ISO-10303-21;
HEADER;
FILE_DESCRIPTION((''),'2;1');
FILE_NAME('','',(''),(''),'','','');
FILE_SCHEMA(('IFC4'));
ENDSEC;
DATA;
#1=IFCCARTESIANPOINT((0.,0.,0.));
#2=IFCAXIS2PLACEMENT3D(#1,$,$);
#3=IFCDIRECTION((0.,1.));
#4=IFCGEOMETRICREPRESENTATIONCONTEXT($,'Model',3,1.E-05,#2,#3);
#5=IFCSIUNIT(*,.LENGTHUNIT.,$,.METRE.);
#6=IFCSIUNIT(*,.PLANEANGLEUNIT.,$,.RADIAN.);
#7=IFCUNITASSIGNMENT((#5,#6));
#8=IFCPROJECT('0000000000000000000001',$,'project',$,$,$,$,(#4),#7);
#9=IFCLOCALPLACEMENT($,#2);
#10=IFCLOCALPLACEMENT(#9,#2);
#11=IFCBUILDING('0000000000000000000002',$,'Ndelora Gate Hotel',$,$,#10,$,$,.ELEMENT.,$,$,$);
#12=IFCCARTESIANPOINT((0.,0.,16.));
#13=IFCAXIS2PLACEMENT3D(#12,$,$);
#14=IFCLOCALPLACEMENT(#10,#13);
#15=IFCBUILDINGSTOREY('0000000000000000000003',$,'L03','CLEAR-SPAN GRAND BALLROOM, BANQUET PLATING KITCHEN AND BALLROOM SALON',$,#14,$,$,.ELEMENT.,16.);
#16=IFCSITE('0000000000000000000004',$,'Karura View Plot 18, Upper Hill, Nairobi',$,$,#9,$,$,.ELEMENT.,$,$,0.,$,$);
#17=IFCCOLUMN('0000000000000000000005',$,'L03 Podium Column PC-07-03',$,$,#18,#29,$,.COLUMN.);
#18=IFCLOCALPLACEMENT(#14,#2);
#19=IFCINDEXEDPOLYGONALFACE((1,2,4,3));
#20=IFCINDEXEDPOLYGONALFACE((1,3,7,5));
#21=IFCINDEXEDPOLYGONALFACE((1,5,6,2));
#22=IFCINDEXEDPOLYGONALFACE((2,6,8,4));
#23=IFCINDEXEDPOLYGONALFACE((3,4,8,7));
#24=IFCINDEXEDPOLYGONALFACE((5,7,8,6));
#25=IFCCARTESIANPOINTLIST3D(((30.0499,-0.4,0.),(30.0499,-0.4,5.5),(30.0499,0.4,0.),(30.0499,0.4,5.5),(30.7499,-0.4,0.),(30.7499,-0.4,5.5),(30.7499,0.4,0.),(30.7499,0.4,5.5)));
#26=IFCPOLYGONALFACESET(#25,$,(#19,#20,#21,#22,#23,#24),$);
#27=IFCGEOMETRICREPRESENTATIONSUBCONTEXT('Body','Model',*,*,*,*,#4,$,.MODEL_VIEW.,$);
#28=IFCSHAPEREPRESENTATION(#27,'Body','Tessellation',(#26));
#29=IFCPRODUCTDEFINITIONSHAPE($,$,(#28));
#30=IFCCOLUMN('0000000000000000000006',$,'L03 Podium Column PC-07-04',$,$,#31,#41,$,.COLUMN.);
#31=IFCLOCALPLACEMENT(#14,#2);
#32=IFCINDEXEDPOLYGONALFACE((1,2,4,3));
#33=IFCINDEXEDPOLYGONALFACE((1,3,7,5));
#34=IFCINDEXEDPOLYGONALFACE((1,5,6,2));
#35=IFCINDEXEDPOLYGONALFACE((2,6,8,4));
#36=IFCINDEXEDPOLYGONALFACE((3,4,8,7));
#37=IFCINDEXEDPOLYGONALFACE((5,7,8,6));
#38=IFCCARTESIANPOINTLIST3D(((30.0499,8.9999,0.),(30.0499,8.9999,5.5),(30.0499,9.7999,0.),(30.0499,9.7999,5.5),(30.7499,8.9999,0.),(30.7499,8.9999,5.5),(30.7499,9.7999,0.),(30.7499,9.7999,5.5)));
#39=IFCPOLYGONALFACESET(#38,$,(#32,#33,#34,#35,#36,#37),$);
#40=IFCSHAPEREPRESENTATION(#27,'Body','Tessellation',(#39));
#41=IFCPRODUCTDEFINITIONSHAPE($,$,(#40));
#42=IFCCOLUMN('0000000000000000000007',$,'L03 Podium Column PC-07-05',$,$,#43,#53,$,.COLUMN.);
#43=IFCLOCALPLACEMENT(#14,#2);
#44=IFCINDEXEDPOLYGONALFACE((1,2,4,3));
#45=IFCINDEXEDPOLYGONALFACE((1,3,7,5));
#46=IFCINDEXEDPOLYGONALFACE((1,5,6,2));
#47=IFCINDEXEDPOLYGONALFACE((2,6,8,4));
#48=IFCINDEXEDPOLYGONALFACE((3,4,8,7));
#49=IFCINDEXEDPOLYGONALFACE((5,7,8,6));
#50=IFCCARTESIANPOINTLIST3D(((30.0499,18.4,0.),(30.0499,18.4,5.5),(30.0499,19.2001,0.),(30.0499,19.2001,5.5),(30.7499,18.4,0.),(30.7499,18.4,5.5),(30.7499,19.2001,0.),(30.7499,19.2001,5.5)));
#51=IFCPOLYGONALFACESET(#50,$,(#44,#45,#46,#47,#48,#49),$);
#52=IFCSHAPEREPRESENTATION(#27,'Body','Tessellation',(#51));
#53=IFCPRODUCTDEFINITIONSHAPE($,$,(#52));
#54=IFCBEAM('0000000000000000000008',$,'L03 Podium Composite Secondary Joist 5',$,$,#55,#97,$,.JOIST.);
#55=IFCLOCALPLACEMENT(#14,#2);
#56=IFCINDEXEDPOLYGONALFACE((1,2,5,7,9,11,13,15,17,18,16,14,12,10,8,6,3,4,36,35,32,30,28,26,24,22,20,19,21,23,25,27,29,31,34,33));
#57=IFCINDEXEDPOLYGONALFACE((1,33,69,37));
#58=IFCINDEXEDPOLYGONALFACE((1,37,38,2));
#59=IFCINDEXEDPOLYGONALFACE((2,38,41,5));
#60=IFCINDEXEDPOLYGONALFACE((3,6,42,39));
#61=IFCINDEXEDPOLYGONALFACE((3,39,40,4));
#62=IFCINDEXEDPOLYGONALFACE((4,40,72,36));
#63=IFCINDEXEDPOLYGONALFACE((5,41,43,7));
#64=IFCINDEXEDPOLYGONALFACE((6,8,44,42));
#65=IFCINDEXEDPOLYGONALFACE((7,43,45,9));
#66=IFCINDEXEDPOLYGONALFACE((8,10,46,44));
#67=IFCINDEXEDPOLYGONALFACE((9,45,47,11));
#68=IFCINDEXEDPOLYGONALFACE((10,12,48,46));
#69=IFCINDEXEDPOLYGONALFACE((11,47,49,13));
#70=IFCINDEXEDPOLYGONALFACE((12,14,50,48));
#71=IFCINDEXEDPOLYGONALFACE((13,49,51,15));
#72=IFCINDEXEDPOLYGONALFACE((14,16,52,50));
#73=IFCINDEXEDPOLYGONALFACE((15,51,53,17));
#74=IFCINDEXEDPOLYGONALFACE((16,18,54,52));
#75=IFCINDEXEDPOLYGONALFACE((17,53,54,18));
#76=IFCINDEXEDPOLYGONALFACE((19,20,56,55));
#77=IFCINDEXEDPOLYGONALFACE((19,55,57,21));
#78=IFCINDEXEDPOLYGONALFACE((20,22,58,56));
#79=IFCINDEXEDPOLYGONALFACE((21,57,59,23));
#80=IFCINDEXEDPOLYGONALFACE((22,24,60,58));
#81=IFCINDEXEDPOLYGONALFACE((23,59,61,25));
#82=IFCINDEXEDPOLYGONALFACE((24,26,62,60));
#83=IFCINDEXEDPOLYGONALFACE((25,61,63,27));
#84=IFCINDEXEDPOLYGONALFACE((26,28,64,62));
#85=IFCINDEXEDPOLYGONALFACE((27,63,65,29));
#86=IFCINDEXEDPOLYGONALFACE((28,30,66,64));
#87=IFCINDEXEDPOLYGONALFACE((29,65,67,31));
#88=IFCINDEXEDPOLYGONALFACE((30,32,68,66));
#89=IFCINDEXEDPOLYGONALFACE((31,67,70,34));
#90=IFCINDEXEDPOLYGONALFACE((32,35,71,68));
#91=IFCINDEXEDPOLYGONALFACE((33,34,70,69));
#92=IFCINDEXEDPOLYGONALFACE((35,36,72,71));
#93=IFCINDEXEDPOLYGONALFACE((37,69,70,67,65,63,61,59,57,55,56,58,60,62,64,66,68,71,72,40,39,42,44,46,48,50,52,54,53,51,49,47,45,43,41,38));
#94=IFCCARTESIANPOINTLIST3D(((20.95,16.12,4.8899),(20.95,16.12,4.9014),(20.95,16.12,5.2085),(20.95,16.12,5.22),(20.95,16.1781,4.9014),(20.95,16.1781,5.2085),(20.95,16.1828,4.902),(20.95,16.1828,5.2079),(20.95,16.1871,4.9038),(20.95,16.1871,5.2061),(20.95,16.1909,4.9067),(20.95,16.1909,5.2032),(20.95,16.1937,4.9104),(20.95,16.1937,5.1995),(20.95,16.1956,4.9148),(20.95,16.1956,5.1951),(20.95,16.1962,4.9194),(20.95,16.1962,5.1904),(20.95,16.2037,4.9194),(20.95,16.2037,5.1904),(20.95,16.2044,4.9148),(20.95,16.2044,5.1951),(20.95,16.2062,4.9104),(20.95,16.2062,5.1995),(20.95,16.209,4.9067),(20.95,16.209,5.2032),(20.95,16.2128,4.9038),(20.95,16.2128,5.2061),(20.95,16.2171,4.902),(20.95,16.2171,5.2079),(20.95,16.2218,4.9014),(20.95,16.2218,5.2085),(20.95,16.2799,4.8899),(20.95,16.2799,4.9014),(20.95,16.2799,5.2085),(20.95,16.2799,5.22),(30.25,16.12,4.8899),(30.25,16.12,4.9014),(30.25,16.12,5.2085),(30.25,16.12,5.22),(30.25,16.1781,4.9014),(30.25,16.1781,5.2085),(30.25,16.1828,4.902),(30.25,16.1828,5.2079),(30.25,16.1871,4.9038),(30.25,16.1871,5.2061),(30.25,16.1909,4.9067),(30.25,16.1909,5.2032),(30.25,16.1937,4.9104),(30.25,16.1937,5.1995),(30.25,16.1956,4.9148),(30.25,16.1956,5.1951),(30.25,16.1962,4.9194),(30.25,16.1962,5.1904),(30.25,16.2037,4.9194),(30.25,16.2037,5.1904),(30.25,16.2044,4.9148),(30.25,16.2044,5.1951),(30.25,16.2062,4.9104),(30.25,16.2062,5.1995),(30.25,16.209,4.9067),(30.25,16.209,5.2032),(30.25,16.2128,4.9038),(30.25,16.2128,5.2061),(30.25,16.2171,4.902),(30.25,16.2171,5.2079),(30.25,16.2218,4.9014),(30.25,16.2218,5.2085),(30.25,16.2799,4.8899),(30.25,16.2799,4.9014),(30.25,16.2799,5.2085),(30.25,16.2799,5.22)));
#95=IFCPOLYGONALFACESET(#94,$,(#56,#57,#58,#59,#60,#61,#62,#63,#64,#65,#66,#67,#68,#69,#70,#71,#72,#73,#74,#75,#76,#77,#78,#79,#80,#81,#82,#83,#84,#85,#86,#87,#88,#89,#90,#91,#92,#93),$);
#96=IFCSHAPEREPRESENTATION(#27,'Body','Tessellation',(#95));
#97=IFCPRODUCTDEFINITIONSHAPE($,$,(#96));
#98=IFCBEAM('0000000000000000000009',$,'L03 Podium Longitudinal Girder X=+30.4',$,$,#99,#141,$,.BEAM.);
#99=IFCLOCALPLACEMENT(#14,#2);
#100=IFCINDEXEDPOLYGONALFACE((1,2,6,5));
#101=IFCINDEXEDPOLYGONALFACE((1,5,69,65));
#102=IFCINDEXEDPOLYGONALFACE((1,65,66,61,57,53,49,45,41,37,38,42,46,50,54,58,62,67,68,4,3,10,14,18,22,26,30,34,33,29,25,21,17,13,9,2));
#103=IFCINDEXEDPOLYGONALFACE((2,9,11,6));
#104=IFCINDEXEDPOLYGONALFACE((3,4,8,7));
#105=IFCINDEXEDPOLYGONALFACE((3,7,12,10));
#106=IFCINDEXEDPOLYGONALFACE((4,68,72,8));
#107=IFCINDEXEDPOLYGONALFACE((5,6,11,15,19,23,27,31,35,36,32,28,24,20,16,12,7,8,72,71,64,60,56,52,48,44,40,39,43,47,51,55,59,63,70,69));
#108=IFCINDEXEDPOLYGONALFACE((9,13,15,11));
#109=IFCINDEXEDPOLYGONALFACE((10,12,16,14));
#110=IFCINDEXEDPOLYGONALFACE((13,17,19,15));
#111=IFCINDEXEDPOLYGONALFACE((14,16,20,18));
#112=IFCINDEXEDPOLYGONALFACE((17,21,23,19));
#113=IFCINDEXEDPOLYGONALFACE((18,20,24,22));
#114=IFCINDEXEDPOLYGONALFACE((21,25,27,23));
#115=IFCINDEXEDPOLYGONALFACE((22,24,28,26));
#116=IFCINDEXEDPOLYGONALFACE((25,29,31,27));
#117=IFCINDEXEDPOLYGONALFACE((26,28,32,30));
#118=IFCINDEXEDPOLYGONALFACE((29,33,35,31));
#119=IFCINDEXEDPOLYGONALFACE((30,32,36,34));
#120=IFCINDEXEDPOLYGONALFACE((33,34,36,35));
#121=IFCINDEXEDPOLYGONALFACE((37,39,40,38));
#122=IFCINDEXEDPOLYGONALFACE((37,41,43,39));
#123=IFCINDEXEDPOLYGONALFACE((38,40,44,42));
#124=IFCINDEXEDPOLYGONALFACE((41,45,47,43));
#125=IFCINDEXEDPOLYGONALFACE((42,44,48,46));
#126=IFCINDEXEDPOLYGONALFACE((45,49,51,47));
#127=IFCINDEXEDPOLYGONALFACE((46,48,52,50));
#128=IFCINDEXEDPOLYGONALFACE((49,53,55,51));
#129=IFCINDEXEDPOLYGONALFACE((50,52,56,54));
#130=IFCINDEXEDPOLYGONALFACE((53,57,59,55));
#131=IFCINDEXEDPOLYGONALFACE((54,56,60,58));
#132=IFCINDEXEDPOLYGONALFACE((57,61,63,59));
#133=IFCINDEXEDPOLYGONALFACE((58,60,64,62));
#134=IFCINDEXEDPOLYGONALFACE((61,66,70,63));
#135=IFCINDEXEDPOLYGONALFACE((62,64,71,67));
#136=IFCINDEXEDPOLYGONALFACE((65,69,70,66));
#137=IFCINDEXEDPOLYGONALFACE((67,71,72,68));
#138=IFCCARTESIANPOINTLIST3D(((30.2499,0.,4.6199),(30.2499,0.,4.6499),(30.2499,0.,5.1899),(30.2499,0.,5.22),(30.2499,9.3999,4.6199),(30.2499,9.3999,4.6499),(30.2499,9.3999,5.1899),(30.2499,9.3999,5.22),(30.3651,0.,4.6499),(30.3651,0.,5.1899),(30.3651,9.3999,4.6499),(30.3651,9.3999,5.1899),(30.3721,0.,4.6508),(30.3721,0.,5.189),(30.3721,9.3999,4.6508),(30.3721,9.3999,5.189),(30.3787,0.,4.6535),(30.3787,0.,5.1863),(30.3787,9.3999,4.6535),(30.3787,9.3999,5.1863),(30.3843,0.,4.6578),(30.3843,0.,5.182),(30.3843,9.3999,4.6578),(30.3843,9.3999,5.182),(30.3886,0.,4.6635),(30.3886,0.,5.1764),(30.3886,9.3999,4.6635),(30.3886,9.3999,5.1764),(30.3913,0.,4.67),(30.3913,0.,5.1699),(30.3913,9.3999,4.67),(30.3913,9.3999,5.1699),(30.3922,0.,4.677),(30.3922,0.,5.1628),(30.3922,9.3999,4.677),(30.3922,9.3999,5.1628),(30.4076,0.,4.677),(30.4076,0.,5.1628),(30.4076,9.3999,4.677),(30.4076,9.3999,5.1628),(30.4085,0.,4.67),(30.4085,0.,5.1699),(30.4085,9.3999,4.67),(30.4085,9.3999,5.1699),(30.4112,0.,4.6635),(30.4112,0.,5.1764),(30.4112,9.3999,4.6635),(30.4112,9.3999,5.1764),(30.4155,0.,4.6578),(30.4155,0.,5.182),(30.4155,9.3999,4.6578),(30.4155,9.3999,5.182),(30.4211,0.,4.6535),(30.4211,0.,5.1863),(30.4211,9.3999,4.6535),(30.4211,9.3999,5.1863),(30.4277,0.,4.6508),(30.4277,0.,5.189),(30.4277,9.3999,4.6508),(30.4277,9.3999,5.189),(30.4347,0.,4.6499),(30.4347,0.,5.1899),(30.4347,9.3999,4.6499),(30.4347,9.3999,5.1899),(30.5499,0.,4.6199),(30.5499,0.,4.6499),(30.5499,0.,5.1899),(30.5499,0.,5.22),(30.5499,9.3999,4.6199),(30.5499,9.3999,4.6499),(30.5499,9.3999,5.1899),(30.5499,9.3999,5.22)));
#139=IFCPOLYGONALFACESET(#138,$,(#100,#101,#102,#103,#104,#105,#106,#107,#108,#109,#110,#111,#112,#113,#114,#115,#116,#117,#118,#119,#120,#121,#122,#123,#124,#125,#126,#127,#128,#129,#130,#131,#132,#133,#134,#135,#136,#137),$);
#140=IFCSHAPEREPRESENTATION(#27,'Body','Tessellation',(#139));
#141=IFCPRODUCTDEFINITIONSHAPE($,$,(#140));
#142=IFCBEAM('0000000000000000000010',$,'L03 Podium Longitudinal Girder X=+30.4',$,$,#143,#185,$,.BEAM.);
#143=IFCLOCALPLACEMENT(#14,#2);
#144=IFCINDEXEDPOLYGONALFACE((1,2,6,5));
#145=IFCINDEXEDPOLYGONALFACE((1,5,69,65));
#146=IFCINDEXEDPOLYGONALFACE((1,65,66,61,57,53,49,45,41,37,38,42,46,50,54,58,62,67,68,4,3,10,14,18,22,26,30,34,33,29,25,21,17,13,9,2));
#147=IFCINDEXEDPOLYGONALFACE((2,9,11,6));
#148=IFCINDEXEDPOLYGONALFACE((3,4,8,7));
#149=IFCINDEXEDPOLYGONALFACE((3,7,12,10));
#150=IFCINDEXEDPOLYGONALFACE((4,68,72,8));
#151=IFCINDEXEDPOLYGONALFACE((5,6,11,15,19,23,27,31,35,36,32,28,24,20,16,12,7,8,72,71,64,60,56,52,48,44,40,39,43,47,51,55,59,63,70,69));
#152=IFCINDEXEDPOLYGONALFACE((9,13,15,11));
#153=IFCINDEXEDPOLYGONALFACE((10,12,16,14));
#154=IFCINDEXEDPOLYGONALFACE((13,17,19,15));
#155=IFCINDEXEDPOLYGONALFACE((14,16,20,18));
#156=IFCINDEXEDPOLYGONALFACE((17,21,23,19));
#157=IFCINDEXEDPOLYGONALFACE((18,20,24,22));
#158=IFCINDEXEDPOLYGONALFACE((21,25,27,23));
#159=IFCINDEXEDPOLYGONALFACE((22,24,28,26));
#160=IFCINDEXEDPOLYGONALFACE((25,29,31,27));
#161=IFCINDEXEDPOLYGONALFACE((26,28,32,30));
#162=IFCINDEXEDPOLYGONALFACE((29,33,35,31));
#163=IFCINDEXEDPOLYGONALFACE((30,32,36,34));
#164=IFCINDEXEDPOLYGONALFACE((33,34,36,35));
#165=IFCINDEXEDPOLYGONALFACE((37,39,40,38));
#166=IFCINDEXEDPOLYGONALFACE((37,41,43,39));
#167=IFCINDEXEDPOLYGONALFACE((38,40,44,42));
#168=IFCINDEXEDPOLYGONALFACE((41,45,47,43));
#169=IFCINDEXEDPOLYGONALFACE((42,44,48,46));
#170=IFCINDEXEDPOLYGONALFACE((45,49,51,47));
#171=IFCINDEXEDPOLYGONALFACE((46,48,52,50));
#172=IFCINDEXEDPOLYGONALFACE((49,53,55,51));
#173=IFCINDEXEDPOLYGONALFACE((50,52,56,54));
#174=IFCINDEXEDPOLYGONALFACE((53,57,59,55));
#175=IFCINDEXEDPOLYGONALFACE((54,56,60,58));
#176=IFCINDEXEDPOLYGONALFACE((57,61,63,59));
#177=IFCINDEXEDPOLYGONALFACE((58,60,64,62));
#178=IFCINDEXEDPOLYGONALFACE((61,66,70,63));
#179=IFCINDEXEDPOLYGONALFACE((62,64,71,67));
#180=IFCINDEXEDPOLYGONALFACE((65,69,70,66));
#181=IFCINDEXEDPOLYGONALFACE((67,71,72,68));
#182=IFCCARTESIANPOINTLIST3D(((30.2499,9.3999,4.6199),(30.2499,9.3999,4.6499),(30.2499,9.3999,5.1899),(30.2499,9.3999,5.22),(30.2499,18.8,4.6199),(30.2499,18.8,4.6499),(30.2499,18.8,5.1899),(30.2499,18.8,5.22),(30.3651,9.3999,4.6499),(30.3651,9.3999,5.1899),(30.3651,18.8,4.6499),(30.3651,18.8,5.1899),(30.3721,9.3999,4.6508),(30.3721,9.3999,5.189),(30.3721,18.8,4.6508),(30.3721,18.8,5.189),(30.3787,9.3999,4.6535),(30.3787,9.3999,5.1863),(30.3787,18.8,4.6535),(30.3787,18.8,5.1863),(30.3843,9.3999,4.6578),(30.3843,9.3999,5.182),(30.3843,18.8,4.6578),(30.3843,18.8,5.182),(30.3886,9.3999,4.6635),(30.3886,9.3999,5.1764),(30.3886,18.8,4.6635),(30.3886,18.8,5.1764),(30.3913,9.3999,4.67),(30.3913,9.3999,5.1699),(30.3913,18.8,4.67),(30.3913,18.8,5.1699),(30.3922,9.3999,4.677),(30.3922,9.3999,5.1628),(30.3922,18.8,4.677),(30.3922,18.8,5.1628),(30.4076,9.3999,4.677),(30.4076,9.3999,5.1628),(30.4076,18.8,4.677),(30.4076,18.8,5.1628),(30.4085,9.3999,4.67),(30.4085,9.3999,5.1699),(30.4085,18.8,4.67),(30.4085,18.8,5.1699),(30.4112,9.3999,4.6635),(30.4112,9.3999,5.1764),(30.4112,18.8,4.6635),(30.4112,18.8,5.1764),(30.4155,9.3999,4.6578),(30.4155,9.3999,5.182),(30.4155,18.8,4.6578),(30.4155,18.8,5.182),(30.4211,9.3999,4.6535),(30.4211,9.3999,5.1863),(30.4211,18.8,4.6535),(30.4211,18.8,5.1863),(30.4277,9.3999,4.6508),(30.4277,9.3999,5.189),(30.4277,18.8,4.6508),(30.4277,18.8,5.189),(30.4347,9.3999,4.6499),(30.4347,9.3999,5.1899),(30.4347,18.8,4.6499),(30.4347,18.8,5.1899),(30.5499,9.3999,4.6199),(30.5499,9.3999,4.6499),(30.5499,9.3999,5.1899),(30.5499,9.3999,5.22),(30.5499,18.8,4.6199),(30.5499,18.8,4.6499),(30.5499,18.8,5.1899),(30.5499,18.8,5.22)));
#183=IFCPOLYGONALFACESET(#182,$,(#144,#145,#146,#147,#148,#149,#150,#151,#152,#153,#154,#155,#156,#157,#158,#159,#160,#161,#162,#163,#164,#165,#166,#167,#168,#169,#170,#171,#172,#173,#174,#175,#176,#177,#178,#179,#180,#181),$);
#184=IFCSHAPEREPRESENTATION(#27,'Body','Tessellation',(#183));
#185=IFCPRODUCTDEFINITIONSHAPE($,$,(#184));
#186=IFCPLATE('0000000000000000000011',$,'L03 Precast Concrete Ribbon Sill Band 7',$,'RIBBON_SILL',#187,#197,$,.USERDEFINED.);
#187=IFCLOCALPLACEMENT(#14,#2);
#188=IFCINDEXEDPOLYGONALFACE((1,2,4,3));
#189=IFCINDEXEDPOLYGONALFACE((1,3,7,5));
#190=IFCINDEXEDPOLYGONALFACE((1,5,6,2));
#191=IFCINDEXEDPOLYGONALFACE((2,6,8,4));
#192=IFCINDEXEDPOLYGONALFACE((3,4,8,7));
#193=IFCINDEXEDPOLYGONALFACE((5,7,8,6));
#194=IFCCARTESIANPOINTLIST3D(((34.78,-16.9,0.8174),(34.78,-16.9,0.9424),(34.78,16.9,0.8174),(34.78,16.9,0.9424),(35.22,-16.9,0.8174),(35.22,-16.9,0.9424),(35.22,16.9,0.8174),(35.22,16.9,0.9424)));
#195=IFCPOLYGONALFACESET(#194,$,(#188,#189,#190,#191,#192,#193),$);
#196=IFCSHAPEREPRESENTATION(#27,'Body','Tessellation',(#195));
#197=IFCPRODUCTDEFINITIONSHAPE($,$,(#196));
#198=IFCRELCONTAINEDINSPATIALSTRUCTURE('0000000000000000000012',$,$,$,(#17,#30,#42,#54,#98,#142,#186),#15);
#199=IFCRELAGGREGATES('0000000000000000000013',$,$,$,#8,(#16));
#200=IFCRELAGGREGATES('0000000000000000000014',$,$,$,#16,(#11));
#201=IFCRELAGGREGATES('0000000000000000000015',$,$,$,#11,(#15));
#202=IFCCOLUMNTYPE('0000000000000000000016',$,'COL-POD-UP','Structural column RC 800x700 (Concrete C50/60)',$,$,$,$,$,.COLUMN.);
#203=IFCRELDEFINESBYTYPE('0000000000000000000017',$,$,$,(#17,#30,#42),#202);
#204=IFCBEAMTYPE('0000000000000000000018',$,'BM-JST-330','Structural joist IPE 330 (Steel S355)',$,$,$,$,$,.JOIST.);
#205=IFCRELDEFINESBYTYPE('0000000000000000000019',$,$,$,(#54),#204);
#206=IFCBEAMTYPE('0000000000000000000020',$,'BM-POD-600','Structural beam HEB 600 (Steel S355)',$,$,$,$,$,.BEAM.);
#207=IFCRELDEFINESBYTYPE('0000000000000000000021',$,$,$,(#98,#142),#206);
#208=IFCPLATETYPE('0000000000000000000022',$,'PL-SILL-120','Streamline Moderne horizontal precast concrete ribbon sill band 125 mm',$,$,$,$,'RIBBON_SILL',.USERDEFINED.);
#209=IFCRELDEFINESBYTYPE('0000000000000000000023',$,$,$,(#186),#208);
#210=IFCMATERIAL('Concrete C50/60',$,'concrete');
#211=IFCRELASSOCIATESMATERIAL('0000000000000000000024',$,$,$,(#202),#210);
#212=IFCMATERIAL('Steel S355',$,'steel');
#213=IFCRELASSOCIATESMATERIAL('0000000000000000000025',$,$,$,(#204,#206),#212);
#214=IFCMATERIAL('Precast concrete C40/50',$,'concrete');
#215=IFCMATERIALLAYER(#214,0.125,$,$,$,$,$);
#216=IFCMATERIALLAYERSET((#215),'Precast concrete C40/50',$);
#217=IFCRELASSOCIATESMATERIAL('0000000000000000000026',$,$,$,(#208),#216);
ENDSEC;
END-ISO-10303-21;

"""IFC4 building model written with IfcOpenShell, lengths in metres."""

from ifc_helpers import new_model, si_unit, direction, frame, origin, origin_2d, place, context, subcontext, project, spatial, rectangle, i_section, extrude, material, layer, layer_set, material_profile, profile_set, type_object, element, save


model = new_model("IFC4")

# Units and contexts
model_context = context("Model", 3, precision=1e-05, world=origin(), true_north=direction((0.0, 1.0)))
body_context = subcontext(model_context, "Body", "Model", "MODEL_VIEW")
ifc_project = project(units=[si_unit("LENGTHUNIT", "METRE"), si_unit("PLANEANGLEUNIT", "RADIAN")], contexts=[model_context])

# Site, building, storey
site_placement = place(None, origin())
site = spatial("IfcSite", under=ifc_project, at=site_placement, Name="Karura View Plot 18, Upper Hill, Nairobi", CompositionType="ELEMENT", RefElevation=0.0)
building_placement = place(site_placement, origin())
building = spatial("IfcBuilding", under=site, at=building_placement, Name="Ndelora Gate Hotel", CompositionType="ELEMENT")
storey_placement = place(building_placement, frame((0.0, 0.0, 16.0)))
storey = spatial("IfcBuildingStorey", under=building, at=storey_placement, Name="L03", Description="CLEAR-SPAN GRAND BALLROOM, BANQUET PLATING KITCHEN AND BALLROOM SALON", CompositionType="ELEMENT", Elevation=16.0)

# Columns
ifc_material_1 = material(Name="Concrete C50/60", Category="concrete")
ifc_material_profile_1 = material_profile(ifc_material_1, rectangle(XDim=0.7, YDim=0.8, at=origin_2d()), Name="RC 800x700")
ifc_profile_set_1 = profile_set([ifc_material_profile_1], Name="Concrete C50/60")
column_type = type_object("IfcColumnType", Name="COL-POD-UP", Description="Structural column RC 800x700 (Concrete C50/60)", PredefinedType="COLUMN", material=ifc_profile_set_1)
for number, where, z_axis, x_axis, name in (
    (1, (30.3999, 0.0, 0.0), (0.0, 0.0, 1.0), (1.0, 0.0, 0.0), "L03 Podium Column PC-07-03"),
    (2, (30.3999, 9.3999, 0.0), (0.0, 0.0, 1.0), (1.0, 0.0, 0.0), "L03 Podium Column PC-07-04"),
    (3, (30.3999, 18.8, 0.0), (0.0, 0.0, 1.0), (1.0, 0.0, 0.0), "L03 Podium Column PC-07-05"),
):
    element("IfcColumn", number, at=place(storey_placement, frame(where, z_axis=z_axis, x_axis=x_axis)), inside=storey, type_object=column_type, Name=name, PredefinedType="COLUMN", context=body_context, shape_type="SweptSolid", body=[
        extrude(rectangle(XDim=0.7, YDim=0.8, at=origin_2d()), origin(), (0.0, 0.0, 1.0), 5.5),
    ])

# Beams
ifc_material_2 = material(Name="Steel S355", Category="steel")
ifc_material_profile_2 = material_profile(ifc_material_2, i_section(OverallWidth=0.1599, OverallDepth=0.3301, WebThickness=0.0076, FlangeThickness=0.0115, FilletRadius=0.0181, at=origin_2d()), Name="IPE 330")
ifc_profile_set_2 = profile_set([ifc_material_profile_2], Name="Steel S355")
beam_type_1 = type_object("IfcBeamType", Name="BM-JST-330", Description="Structural joist IPE 330 (Steel S355)", PredefinedType="JOIST", material=ifc_profile_set_2)
beam_1_placement = place(storey_placement, frame((20.95, 16.2, 5.0549), z_axis=(1.0, 0.0, 0.0), x_axis=(0.0, 1.0, 0.0)))
element("IfcBeam", 4, at=beam_1_placement, inside=storey, type_object=beam_type_1, Name="L03 Podium Composite Secondary Joist 5", PredefinedType="JOIST", context=body_context, shape_type="SweptSolid", body=[
    extrude(i_section(OverallWidth=0.1599, OverallDepth=0.3301, WebThickness=0.0076, FlangeThickness=0.0115, FilletRadius=0.0181, at=origin_2d()), origin(), (0.0, 0.0, 1.0), 9.3),
])
ifc_material_profile_3 = material_profile(ifc_material_2, i_section(OverallWidth=0.3, OverallDepth=0.6001, WebThickness=0.0154, FlangeThickness=0.03, FilletRadius=0.0271, at=origin_2d()), Name="HEB 600")
ifc_profile_set_3 = profile_set([ifc_material_profile_3], Name="Steel S355")
beam_type_2 = type_object("IfcBeamType", Name="BM-POD-600", Description="Structural beam HEB 600 (Steel S355)", PredefinedType="BEAM", material=ifc_profile_set_3)
beam_2_placement = place(storey_placement, frame((30.3999, 0.0, 4.9199), z_axis=(0.0, 1.0, 0.0), x_axis=(-1.0, 0.0, 0.0)))
element("IfcBeam", 5, at=beam_2_placement, inside=storey, type_object=beam_type_2, Name="L03 Podium Longitudinal Girder X=+30.4", PredefinedType="BEAM", context=body_context, shape_type="SweptSolid", body=[
    extrude(i_section(OverallWidth=0.3, OverallDepth=0.6001, WebThickness=0.0154, FlangeThickness=0.03, FilletRadius=0.0271, at=origin_2d()), origin(), (0.0, 0.0, 1.0), 9.3999),
])
beam_3_placement = place(storey_placement, frame((30.3999, 9.3999, 4.9199), z_axis=(0.0, 1.0, 0.0), x_axis=(-1.0, 0.0, 0.0)))
element("IfcBeam", 6, at=beam_3_placement, inside=storey, type_object=beam_type_2, Name="L03 Podium Longitudinal Girder X=+30.4", PredefinedType="BEAM", context=body_context, shape_type="SweptSolid", body=[
    extrude(i_section(OverallWidth=0.3, OverallDepth=0.6001, WebThickness=0.0154, FlangeThickness=0.03, FilletRadius=0.0271, at=origin_2d()), origin(), (0.0, 0.0, 1.0), 9.4001),
])

# Plate
ifc_material_3 = material(Name="Precast concrete C40/50", Category="concrete")
ifc_layer_1 = layer(ifc_material_3, 0.125)
ifc_layer_set_1 = layer_set([ifc_layer_1], Name="Precast concrete C40/50")
plate_type = type_object("IfcPlateType", Name="PL-SILL-120", Description="Streamline Moderne horizontal precast concrete ribbon sill band 125 mm", ElementType="RIBBON_SILL", PredefinedType="USERDEFINED", material=ifc_layer_set_1)
plate_placement = place(storey_placement, frame((35.0, 0.0, 0.8174), z_axis=(0.0, 0.0, 1.0), x_axis=(0.0, 1.0, 0.0)))
element("IfcPlate", 7, at=plate_placement, inside=storey, type_object=plate_type, Name="L03 Precast Concrete Ribbon Sill Band 7", ObjectType="RIBBON_SILL", PredefinedType="USERDEFINED", context=body_context, shape_type="SweptSolid", body=[
    extrude(rectangle(XDim=33.8, YDim=0.4399, at=origin_2d()), origin(), (0.0, 0.0, 1.0), 0.125),
])

save(model, "model.ifc")
